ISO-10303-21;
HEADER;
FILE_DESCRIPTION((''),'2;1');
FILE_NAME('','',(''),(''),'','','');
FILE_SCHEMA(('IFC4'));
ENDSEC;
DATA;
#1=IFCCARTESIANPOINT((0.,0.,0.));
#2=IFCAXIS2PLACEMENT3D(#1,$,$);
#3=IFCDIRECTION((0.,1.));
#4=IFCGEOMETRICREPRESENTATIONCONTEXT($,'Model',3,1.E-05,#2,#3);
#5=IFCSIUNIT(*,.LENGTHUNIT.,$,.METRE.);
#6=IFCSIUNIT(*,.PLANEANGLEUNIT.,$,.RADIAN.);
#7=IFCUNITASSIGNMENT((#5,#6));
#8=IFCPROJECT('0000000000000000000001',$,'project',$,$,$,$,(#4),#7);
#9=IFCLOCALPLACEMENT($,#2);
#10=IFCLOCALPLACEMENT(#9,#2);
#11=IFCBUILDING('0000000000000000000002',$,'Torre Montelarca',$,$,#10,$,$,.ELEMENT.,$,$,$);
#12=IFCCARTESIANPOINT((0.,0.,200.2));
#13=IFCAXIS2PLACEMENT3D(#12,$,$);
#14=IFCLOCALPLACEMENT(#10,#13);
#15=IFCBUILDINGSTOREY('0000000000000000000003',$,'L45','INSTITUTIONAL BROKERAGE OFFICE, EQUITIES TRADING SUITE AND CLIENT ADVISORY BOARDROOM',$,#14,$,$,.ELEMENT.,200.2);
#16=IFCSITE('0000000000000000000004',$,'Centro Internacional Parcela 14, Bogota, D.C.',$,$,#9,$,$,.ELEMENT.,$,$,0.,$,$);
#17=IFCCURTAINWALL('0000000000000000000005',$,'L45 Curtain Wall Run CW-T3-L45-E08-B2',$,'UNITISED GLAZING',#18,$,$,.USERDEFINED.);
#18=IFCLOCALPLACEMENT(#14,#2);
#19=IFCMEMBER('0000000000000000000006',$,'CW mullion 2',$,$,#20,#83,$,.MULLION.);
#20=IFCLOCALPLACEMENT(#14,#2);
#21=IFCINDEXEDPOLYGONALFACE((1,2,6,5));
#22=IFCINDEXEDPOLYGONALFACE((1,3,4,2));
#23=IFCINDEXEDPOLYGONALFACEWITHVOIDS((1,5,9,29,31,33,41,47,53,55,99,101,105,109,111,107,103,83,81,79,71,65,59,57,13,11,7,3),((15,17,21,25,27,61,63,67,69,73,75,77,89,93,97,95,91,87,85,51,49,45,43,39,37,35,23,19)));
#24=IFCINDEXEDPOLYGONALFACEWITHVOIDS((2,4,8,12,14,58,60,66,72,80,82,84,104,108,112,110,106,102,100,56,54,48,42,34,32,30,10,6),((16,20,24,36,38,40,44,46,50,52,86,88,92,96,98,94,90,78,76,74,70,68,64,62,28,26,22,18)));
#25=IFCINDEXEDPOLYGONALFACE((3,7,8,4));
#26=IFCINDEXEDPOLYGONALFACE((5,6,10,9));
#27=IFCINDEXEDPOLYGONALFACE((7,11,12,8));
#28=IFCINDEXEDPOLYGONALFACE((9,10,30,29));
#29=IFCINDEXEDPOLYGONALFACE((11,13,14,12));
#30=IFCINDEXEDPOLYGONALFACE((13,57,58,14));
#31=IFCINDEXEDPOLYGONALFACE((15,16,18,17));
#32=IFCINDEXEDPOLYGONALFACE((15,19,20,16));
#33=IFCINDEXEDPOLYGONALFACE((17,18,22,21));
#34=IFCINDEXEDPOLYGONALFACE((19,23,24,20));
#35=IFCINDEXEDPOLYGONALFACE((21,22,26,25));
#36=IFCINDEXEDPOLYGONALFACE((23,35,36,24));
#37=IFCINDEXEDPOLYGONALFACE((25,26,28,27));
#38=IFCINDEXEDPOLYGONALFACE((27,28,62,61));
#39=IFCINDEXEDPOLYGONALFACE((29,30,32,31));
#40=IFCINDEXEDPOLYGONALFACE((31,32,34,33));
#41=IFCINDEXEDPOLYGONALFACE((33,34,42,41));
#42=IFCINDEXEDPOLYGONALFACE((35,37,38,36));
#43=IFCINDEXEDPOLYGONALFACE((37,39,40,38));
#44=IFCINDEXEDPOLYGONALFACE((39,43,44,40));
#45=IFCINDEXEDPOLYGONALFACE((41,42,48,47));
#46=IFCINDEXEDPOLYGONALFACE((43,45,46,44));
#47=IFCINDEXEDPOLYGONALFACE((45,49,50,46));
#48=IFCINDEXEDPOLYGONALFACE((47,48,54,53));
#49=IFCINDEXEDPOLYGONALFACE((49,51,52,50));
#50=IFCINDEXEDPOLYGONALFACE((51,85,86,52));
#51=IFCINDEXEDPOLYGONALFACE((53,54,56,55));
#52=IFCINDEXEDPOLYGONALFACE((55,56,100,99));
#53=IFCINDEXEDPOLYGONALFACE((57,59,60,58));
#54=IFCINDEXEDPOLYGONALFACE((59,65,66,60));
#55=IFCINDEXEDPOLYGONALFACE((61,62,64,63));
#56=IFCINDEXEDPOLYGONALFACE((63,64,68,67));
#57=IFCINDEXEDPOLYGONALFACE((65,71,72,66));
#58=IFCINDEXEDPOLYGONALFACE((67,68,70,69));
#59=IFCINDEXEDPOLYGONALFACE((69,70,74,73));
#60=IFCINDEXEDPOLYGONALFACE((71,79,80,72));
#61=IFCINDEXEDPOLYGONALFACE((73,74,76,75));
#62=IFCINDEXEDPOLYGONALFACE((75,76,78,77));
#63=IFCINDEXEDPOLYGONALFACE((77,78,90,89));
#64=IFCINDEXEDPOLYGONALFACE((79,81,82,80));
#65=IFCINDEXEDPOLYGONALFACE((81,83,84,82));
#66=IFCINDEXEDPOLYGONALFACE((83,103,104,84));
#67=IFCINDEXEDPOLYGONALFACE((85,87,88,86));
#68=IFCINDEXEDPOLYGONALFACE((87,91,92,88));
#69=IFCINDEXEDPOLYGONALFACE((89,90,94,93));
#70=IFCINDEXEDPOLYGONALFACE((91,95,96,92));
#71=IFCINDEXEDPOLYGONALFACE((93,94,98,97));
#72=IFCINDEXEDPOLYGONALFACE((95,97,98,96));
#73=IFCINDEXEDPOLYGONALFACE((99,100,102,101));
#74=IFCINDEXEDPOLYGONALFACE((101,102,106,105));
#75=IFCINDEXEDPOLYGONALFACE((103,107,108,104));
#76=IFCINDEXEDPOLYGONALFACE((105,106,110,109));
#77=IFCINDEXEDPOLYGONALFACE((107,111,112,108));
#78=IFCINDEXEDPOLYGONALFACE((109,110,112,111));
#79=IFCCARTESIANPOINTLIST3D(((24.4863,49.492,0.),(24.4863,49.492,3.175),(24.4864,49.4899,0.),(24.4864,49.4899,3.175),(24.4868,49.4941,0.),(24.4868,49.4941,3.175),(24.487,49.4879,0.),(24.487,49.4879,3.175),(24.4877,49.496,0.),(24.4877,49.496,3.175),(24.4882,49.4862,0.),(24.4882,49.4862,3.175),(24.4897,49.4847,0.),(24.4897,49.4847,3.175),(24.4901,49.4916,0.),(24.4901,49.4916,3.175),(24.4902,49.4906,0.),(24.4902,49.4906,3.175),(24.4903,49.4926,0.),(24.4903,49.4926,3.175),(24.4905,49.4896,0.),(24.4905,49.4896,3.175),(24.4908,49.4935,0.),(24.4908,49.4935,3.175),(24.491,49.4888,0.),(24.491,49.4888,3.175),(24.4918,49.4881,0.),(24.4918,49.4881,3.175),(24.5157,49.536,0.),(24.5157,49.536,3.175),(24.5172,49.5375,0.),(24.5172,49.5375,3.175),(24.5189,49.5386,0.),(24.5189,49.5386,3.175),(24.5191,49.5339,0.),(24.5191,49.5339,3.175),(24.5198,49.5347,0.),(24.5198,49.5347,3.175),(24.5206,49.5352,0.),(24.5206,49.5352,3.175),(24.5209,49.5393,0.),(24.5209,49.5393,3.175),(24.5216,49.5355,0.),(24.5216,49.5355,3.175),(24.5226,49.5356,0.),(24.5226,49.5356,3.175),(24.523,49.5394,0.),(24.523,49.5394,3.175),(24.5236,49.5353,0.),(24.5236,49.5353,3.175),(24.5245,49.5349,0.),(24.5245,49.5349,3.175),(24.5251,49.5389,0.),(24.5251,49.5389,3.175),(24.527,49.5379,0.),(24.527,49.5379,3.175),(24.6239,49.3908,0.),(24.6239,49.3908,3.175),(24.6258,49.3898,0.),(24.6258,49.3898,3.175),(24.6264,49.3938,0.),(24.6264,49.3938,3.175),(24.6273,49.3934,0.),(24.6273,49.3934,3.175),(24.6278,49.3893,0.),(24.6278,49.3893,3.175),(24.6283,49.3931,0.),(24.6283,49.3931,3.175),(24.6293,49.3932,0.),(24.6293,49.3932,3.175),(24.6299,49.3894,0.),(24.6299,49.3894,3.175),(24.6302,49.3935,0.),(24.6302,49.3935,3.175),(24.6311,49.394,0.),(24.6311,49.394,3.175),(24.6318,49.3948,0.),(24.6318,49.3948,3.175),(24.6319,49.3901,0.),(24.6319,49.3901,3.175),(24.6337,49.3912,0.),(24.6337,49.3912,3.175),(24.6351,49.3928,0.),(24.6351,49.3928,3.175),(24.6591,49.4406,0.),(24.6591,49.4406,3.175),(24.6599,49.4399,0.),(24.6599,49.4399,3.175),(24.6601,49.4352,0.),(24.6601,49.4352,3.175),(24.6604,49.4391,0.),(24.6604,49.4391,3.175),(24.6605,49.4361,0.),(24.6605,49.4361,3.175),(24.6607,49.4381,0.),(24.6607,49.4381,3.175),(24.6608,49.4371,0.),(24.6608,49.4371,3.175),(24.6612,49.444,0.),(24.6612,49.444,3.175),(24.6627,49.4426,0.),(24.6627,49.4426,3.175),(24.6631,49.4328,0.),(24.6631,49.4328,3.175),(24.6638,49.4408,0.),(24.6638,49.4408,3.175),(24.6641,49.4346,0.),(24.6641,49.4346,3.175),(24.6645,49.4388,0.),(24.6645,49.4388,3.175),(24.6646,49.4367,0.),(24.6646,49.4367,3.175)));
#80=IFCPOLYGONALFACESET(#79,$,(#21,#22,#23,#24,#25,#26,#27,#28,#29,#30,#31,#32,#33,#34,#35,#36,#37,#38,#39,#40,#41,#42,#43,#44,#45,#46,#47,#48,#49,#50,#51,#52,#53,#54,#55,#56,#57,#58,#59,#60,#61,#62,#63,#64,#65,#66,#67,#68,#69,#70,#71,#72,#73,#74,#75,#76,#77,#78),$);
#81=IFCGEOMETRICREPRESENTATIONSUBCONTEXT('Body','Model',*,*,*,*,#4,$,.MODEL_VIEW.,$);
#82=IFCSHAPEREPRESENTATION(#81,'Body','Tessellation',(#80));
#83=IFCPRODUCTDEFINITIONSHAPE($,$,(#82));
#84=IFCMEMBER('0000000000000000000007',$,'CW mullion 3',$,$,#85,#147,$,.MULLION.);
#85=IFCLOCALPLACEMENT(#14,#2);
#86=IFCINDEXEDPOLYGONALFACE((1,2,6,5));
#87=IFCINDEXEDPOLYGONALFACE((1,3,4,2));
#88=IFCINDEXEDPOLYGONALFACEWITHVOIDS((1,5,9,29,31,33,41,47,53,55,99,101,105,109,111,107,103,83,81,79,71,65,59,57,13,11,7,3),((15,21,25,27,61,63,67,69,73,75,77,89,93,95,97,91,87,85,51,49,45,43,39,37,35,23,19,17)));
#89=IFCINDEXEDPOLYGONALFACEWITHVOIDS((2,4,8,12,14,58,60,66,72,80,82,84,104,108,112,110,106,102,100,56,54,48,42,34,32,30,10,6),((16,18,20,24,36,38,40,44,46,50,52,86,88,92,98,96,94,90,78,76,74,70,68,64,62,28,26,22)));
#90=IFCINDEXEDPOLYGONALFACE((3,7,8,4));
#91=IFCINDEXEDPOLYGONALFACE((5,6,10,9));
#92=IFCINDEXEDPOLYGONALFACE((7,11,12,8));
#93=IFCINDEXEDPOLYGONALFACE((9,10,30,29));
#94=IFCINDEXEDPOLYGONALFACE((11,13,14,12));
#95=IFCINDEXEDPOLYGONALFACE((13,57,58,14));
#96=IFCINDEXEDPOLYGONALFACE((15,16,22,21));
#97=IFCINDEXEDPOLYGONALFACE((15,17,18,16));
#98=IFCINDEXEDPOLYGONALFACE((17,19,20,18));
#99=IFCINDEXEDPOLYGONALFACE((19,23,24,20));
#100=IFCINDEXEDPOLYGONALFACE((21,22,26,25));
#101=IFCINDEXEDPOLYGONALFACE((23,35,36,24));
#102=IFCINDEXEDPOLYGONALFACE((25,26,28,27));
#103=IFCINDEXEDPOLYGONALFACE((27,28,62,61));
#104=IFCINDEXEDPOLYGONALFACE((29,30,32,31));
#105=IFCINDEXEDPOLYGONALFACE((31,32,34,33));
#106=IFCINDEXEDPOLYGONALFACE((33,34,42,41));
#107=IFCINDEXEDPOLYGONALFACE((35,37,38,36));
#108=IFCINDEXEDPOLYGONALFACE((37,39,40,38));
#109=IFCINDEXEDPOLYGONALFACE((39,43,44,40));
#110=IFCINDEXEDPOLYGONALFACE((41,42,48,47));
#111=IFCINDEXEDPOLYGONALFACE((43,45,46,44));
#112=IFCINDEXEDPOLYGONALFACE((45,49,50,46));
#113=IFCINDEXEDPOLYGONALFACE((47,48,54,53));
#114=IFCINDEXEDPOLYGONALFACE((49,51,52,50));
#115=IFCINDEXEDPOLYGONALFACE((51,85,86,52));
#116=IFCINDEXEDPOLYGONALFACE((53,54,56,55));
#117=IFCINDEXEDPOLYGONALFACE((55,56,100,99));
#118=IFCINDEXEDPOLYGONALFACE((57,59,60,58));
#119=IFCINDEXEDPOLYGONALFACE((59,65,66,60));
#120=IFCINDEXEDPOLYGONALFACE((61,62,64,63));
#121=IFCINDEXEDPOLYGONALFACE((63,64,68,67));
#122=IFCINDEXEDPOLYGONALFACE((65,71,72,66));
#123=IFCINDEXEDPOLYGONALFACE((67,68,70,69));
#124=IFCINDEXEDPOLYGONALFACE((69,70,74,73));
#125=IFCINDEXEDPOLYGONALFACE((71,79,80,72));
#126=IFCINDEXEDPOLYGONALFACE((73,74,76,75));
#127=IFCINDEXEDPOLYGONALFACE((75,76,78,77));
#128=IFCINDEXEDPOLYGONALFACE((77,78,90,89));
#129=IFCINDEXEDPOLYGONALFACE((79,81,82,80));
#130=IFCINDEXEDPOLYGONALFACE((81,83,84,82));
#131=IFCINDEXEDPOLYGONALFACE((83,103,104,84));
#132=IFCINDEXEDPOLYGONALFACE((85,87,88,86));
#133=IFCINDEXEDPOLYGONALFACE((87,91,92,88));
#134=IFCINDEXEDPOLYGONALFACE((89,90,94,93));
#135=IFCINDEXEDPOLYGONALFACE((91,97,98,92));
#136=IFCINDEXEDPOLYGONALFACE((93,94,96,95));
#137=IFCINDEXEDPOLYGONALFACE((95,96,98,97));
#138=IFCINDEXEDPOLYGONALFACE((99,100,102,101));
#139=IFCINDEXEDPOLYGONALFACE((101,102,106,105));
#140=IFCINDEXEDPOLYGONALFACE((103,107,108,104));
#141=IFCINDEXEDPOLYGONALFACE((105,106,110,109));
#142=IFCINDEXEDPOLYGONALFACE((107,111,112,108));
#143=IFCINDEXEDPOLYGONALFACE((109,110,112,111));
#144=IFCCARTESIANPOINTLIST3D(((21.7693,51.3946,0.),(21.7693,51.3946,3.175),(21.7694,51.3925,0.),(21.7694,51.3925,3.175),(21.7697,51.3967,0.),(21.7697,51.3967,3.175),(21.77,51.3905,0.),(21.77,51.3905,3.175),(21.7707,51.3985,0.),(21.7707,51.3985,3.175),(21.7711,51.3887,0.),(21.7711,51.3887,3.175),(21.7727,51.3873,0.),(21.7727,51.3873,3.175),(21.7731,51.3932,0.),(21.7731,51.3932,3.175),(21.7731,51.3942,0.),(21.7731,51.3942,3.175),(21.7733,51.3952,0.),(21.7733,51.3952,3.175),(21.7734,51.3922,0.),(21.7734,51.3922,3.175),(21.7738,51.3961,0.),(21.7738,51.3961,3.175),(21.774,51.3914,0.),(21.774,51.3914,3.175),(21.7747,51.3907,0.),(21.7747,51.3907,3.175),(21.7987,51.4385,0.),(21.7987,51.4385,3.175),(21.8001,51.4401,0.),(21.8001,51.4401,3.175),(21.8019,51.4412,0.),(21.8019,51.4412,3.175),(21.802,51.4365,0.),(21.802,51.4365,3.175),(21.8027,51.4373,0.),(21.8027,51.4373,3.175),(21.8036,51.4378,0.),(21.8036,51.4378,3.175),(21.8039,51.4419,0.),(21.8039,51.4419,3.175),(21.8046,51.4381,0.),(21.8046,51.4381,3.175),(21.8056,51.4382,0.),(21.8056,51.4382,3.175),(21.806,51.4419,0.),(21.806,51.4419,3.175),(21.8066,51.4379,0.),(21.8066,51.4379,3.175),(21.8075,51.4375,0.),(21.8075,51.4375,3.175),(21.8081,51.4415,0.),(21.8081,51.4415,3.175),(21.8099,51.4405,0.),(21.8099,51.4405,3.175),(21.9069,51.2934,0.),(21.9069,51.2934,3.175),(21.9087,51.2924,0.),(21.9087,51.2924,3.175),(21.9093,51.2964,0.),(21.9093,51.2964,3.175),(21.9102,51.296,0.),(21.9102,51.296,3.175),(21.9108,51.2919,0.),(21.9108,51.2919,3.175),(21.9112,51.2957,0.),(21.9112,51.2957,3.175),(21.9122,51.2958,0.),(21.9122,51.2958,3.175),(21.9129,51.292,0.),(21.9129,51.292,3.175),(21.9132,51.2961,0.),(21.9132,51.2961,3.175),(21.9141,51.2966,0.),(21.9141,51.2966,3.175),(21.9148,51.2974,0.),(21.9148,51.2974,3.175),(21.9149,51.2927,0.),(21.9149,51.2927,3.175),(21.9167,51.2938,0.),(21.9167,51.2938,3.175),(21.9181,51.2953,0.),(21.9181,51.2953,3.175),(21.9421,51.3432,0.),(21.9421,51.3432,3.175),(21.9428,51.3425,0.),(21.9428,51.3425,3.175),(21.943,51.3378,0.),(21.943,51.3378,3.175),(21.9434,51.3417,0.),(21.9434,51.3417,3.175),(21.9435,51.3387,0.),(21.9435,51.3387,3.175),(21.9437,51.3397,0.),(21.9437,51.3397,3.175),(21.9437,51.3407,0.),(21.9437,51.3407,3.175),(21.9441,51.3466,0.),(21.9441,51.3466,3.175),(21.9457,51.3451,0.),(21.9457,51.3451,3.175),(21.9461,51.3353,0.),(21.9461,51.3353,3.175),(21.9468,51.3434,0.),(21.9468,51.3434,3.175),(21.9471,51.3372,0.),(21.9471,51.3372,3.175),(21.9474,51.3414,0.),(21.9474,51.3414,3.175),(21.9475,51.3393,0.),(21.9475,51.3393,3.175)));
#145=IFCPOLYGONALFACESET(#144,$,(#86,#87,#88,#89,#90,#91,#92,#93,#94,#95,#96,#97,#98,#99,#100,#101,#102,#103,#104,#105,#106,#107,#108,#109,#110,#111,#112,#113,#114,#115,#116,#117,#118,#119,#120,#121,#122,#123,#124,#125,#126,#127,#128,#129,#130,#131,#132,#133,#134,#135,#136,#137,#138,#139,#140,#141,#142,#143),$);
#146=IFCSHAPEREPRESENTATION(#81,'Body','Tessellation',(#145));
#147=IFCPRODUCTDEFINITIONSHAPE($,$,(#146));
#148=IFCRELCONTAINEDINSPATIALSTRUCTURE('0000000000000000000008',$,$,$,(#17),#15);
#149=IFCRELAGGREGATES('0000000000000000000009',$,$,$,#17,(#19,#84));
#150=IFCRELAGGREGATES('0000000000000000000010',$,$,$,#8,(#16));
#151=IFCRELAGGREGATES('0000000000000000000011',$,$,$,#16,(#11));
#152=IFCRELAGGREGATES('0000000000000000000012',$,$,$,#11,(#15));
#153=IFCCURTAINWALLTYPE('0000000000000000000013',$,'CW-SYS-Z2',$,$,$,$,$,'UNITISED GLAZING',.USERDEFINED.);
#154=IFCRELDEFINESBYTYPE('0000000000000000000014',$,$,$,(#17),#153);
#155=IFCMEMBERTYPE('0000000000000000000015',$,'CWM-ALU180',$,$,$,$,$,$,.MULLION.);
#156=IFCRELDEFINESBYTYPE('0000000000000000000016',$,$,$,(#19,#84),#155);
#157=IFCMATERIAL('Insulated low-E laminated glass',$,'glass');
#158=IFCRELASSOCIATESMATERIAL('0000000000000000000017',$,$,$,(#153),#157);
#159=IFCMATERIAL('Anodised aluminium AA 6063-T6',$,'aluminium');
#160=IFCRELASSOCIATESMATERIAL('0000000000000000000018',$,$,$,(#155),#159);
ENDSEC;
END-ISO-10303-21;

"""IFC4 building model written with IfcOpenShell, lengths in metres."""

from ifc_helpers import new_model, si_unit, direction, frame, origin, origin_2d, place, context, subcontext, project, spatial, hollow_rectangle, extrude, source, transform, mapped, material, material_profile, profile_set, type_object, element, aggregate, save


model = new_model("IFC4")

# Units and contexts
model_context = context("Model", 3, precision=1e-05, world=origin(), true_north=direction((0.0, 1.0)))
body_context = subcontext(model_context, "Body", "Model", "MODEL_VIEW")
ifc_project = project(units=[si_unit("LENGTHUNIT", "METRE"), si_unit("PLANEANGLEUNIT", "RADIAN")], contexts=[model_context])

# Site, building, storey
site_placement = place(None, origin())
site = spatial("IfcSite", under=ifc_project, at=site_placement, Name="Centro Internacional Parcela 14, Bogota, D.C.", CompositionType="ELEMENT", RefElevation=0.0)
building_placement = place(site_placement, origin())
building = spatial("IfcBuilding", under=site, at=building_placement, Name="Torre Montelarca", CompositionType="ELEMENT")
storey_placement = place(building_placement, frame((0.0, 0.0, 200.2)))
storey = spatial("IfcBuildingStorey", under=building, at=storey_placement, Name="L45", Description="INSTITUTIONAL BROKERAGE OFFICE, EQUITIES TRADING SUITE AND CLIENT ADVISORY BOARDROOM", CompositionType="ELEMENT", Elevation=200.2)

# Curtain wall, members
ifc_material_1 = material(Name="Insulated low-E laminated glass", Category="glass")
curtain_wall_type = type_object("IfcCurtainWallType", Name="CW-SYS-Z2", ElementType="UNITISED GLAZING", PredefinedType="USERDEFINED", material=ifc_material_1)
ifc_material_2 = material(Name="Anodised aluminium AA 6063-T6", Category="aluminium")
ifc_material_profile_1 = material_profile(ifc_material_2, hollow_rectangle(XDim=0.0649, YDim=0.1799, WallThickness=0.0039, InnerFilletRadius=0.0039, OuterFilletRadius=0.0081, at=origin_2d()), Name="ALU65X180X4", Category="aluminium")
ifc_profile_set_1 = profile_set([ifc_material_profile_1], Name="Anodised aluminium AA 6063-T6")
member_type_1 = type_object("IfcMemberType", Name="CWM-ALU180", PredefinedType="MULLION", material=ifc_profile_set_1)
curtain_wall_1_placement = place(storey_placement, origin())
curtain_wall_1 = element("IfcCurtainWall", 1, at=curtain_wall_1_placement, inside=storey, type_object=curtain_wall_type, Name="L45 Curtain Wall Run CW-T3-L45-E08-B2", ObjectType="UNITISED GLAZING", PredefinedType="USERDEFINED")
shared_shape_1 = source(origin(), body_context, "Body", "SweptSolid", [
    extrude(hollow_rectangle(XDim=0.0649, YDim=0.1799, WallThickness=0.0039, InnerFilletRadius=0.0039, OuterFilletRadius=0.0081, at=origin_2d()), origin(), (0.0, 0.0, 1.0), 3.175),
])
member_1_placement = place(storey_placement, frame((24.5754, 49.4644, 0.0), z_axis=(0.0, 0.0, 1.0), x_axis=(-0.573579, -0.819151, 0.0)))
member_1 = element("IfcMember", 2, at=member_1_placement, type_object=member_type_1, Name="CW mullion 2", PredefinedType="MULLION", context=body_context, shape_type="MappedRepresentation", body=[
    mapped(shared_shape_1, transform((0.0, 0.0, 0.0), scale=1.0)),
])
member_2_placement = place(storey_placement, frame((21.8584, 51.3669, 0.0), z_axis=(0.0, 0.0, 1.0), x_axis=(-0.573579, -0.819151, 0.0)))
member_2 = element("IfcMember", 3, at=member_2_placement, type_object=member_type_1, Name="CW mullion 3", PredefinedType="MULLION", context=body_context, shape_type="MappedRepresentation", body=[
    mapped(shared_shape_1, transform((0.0, 0.0, 0.0), scale=1.0)),
])

aggregate(curtain_wall_1, [member_1, member_2])

save(model, "model.ifc")
